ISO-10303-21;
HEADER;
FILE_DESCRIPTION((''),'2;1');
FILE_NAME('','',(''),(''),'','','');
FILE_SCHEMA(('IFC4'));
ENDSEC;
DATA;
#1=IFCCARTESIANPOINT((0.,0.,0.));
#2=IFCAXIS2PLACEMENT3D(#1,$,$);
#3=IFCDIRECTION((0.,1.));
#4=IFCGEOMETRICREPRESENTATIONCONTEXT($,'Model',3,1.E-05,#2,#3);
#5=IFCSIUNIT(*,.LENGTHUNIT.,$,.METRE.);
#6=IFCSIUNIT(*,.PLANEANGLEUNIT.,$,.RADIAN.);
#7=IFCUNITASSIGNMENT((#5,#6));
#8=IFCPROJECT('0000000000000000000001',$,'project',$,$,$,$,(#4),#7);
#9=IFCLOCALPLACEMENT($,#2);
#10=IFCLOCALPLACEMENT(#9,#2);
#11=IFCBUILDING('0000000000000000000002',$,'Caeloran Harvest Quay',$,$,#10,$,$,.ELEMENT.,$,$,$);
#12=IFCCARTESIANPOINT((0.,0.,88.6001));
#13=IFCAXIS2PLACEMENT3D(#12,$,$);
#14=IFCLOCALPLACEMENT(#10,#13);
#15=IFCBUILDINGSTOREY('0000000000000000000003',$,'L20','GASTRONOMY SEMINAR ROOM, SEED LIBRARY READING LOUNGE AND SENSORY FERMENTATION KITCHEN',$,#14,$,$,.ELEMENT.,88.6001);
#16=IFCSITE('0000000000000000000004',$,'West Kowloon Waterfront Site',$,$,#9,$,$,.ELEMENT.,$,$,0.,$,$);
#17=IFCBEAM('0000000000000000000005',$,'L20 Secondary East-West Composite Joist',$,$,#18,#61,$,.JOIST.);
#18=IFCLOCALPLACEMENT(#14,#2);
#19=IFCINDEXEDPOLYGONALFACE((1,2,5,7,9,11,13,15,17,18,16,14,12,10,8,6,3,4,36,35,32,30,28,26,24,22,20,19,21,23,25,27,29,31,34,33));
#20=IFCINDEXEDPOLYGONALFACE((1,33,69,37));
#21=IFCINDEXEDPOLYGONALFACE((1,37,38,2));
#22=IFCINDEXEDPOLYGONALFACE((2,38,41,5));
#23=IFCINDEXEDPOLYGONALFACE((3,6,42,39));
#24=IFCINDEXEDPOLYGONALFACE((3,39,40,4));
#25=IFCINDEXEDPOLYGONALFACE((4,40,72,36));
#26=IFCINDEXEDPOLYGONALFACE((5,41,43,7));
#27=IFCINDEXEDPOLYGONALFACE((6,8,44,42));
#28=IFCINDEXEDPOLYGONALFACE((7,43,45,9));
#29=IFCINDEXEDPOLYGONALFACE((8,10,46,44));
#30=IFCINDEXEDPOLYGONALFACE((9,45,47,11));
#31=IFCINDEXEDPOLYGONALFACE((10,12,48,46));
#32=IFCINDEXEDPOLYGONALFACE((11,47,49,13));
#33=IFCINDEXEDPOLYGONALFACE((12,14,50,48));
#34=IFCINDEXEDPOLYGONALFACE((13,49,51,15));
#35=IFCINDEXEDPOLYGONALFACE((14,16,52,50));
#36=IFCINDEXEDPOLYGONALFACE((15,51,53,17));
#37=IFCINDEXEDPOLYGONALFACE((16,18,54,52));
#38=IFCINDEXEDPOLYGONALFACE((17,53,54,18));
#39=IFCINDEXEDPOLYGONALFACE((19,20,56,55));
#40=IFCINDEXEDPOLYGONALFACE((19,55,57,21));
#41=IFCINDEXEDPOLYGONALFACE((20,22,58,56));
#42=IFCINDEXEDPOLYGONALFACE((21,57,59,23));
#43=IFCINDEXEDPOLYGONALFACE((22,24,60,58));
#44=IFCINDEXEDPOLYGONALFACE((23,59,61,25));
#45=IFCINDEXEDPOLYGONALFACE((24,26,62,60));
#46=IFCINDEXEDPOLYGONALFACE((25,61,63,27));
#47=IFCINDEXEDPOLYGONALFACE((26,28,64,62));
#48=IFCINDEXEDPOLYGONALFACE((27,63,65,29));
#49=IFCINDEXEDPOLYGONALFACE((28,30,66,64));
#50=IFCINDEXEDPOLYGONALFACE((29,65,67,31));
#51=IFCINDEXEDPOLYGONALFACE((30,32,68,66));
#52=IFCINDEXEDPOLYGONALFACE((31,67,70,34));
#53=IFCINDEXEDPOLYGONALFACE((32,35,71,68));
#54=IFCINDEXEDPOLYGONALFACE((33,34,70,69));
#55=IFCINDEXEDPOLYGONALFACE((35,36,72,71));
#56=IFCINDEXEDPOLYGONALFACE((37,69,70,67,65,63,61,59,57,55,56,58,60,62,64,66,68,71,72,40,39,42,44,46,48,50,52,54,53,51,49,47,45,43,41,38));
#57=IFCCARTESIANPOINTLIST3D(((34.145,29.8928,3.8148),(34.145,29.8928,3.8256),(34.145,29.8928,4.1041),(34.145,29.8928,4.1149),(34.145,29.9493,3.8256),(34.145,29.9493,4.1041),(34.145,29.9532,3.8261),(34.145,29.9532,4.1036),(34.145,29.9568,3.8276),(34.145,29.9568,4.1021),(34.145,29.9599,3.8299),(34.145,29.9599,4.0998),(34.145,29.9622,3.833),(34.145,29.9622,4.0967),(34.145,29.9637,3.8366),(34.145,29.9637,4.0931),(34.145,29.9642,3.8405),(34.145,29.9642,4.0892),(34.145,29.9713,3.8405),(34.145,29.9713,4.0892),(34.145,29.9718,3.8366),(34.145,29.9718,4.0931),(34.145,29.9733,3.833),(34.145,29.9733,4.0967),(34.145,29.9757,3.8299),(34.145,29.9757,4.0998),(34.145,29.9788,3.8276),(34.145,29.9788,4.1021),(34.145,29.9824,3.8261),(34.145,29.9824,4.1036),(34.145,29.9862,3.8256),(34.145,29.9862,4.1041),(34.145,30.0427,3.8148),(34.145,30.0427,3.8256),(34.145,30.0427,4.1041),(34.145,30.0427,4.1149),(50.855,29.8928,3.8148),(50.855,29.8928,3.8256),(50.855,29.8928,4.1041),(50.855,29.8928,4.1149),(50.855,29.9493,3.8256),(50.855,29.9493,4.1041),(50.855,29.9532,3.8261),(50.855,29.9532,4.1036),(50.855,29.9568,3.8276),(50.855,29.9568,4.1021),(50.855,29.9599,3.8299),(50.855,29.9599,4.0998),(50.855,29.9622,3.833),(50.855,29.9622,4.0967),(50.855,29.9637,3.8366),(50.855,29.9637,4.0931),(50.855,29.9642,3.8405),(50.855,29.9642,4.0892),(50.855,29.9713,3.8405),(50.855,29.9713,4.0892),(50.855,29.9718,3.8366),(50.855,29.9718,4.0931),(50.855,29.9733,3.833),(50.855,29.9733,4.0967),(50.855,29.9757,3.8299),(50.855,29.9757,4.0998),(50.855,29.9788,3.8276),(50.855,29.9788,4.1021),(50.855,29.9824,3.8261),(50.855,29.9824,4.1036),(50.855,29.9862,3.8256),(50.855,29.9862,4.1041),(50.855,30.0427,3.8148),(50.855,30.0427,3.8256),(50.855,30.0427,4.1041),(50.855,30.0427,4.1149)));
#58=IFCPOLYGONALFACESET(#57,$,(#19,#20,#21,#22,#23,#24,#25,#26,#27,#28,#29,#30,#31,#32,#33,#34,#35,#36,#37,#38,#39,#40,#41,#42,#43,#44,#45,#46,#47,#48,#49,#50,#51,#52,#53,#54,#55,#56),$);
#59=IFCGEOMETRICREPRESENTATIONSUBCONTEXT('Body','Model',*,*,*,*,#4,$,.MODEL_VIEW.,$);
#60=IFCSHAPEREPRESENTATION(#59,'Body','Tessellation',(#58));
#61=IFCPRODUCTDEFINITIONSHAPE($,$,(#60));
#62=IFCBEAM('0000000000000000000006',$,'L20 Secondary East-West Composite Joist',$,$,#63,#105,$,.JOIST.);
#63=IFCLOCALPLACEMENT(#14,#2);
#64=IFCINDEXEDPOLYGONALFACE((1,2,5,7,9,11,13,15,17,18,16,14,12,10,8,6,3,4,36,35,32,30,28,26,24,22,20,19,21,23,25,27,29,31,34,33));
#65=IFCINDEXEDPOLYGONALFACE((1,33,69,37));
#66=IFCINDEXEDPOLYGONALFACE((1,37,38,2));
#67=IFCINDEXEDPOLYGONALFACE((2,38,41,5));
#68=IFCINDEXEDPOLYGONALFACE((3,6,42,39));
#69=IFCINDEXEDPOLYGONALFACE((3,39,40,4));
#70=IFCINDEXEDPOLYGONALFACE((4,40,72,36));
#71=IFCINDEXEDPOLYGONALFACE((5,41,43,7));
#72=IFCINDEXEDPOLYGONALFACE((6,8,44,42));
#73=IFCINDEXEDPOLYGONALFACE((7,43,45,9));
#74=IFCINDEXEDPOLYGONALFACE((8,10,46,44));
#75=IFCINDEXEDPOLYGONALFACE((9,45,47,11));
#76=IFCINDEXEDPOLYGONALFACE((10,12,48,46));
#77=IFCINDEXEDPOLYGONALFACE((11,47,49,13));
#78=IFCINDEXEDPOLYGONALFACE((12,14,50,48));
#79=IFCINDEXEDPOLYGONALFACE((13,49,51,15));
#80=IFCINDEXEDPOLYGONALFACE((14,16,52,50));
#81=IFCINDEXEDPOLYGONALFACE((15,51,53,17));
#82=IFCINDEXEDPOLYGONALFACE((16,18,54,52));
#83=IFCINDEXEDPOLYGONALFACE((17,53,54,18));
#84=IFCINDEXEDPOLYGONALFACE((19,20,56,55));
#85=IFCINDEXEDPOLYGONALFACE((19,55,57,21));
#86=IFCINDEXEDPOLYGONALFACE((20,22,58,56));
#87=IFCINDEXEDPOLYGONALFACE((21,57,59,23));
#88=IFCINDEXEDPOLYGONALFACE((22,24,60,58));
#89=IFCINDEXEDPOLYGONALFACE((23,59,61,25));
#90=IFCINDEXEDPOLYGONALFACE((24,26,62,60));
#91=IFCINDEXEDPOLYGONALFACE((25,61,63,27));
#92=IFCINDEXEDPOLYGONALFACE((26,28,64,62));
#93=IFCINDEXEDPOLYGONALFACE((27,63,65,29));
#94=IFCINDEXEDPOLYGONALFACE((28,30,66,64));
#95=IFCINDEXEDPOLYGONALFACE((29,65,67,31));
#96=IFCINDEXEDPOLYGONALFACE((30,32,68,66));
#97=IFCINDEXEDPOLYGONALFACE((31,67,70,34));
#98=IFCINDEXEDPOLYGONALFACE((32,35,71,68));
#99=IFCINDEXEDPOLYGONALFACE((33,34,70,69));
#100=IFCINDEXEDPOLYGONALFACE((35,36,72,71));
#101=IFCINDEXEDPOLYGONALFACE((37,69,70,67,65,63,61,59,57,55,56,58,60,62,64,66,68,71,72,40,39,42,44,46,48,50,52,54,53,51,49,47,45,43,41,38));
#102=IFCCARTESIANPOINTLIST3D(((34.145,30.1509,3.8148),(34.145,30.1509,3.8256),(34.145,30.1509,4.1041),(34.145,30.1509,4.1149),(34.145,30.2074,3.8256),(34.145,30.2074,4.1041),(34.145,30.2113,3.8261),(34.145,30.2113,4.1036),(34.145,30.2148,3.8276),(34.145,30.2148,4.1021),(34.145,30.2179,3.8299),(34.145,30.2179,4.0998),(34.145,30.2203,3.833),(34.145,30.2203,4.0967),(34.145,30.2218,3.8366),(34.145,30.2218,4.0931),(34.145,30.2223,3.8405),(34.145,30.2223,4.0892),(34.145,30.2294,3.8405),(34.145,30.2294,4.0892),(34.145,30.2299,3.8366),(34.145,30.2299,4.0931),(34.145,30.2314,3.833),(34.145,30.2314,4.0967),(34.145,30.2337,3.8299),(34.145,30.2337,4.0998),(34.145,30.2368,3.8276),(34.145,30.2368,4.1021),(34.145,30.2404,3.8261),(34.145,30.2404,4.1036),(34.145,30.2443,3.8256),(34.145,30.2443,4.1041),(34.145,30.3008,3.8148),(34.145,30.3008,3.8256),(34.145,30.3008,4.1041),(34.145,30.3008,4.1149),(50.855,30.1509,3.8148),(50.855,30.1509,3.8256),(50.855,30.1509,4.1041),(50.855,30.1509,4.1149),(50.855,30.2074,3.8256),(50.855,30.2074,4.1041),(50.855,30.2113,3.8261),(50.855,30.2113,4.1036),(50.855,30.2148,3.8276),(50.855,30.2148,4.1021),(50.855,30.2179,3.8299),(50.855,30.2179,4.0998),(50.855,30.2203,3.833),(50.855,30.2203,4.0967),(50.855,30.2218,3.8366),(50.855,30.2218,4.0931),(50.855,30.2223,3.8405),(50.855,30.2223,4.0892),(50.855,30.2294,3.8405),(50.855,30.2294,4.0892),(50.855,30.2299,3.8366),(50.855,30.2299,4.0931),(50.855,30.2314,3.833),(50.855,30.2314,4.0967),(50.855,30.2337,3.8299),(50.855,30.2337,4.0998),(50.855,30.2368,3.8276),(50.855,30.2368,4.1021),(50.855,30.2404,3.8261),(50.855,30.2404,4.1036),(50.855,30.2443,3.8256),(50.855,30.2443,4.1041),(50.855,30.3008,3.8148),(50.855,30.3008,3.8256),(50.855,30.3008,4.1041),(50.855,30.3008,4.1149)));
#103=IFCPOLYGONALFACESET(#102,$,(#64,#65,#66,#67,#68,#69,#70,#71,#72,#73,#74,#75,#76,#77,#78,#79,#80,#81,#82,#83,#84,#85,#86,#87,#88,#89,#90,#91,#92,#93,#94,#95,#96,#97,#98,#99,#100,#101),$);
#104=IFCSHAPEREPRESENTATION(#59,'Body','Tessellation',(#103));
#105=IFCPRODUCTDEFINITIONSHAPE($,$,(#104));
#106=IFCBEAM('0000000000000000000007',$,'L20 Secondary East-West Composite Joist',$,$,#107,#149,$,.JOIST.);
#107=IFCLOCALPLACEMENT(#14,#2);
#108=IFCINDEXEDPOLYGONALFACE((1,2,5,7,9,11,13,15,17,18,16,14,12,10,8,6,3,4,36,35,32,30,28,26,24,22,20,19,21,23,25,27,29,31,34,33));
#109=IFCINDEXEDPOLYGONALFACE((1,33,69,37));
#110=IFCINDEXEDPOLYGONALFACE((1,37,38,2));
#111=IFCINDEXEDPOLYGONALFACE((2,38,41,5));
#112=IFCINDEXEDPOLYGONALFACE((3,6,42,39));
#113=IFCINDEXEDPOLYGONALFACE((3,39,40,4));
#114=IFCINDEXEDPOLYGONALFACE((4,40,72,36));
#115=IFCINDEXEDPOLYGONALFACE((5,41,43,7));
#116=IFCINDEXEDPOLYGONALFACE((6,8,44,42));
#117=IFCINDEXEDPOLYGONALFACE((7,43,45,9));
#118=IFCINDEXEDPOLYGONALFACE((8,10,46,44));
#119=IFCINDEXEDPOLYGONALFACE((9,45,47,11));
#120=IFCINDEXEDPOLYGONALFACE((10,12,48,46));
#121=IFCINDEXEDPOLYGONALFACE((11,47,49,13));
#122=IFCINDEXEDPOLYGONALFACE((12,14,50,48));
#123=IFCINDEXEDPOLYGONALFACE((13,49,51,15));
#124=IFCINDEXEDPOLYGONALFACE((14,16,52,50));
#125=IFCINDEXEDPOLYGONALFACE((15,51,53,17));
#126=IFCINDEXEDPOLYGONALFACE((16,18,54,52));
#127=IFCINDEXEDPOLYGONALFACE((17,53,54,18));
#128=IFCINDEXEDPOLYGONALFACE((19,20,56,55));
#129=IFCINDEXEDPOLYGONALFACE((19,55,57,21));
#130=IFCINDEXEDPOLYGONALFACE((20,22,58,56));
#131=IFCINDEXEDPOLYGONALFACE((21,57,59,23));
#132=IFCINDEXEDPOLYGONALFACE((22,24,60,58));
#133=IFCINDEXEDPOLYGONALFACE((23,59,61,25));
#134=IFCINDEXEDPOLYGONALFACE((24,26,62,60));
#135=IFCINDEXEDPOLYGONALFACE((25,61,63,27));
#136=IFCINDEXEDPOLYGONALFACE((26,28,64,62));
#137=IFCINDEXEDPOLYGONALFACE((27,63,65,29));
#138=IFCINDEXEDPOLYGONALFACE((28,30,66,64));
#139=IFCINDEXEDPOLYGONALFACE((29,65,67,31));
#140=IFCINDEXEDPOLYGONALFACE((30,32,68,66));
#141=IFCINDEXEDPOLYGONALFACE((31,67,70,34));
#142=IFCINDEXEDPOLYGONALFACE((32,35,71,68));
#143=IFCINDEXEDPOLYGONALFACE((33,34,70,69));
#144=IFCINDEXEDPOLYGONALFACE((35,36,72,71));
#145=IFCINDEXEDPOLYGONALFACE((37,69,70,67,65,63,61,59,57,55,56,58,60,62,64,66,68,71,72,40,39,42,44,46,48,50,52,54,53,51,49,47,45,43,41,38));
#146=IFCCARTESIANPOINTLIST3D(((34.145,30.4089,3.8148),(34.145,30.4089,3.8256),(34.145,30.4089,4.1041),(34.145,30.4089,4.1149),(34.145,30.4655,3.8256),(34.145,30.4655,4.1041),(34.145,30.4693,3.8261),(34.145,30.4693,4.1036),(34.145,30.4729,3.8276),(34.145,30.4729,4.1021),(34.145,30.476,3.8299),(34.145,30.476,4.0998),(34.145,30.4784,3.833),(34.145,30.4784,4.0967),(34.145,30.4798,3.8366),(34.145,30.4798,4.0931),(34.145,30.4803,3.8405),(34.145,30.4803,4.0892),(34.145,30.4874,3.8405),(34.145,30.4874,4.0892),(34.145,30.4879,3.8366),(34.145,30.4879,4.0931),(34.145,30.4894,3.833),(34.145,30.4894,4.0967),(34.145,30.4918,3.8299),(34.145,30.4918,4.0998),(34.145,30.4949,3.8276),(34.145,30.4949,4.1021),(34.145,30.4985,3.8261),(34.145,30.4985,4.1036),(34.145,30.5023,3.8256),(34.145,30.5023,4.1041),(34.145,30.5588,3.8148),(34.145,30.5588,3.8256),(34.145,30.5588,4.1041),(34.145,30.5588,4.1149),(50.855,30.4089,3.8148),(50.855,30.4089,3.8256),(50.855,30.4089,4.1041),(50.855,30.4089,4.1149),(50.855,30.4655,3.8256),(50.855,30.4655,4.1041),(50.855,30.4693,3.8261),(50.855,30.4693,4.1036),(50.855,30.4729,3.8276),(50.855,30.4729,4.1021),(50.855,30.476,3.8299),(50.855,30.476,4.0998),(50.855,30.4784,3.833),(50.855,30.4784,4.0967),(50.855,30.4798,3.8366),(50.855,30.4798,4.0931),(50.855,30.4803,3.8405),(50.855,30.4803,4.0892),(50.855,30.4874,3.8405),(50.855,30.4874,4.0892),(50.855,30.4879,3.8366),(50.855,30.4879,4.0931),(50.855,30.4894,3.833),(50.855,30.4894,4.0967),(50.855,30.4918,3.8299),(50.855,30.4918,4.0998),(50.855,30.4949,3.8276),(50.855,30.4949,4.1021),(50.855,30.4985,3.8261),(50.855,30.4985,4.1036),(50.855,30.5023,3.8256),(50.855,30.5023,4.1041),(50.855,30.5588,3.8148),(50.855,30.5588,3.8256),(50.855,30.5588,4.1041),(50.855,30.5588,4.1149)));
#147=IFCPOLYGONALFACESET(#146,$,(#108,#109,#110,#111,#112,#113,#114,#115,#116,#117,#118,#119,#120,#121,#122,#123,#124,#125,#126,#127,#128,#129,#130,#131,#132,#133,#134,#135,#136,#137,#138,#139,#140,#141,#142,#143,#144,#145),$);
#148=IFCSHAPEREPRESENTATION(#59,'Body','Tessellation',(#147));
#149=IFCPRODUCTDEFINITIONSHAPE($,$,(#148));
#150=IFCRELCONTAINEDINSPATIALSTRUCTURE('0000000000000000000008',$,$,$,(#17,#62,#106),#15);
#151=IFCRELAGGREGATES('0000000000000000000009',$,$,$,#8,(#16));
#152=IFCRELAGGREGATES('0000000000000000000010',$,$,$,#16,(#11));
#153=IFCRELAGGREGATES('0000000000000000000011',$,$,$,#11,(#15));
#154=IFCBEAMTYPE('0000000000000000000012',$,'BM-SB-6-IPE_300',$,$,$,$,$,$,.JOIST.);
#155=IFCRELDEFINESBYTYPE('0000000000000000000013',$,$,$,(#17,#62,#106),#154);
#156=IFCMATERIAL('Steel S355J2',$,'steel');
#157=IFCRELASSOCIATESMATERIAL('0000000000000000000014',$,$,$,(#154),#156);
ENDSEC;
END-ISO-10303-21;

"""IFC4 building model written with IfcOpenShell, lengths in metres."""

from ifc_helpers import new_model, si_unit, direction, frame, origin, origin_2d, place, context, subcontext, project, spatial, i_section, extrude, material, material_profile, profile_set, type_object, element, save


model = new_model("IFC4")

# Units and contexts
model_context = context("Model", 3, precision=1e-05, world=origin(), true_north=direction((0.0, 1.0)))
body_context = subcontext(model_context, "Body", "Model", "MODEL_VIEW")
ifc_project = project(units=[si_unit("LENGTHUNIT", "METRE"), si_unit("PLANEANGLEUNIT", "RADIAN")], contexts=[model_context])

# Site, building, storey
site_placement = place(None, origin())
site = spatial("IfcSite", under=ifc_project, at=site_placement, Name="West Kowloon Waterfront Site", CompositionType="ELEMENT", RefElevation=0.0)
building_placement = place(site_placement, origin())
building = spatial("IfcBuilding", under=site, at=building_placement, Name="Caeloran Harvest Quay", CompositionType="ELEMENT")
storey_placement = place(building_placement, frame((0.0, 0.0, 88.6001)))
storey = spatial("IfcBuildingStorey", under=building, at=storey_placement, Name="L20", Description="GASTRONOMY SEMINAR ROOM, SEED LIBRARY READING LOUNGE AND SENSORY FERMENTATION KITCHEN", CompositionType="ELEMENT", Elevation=88.6001)

# Beams
ifc_material_1 = material(Name="Steel S355J2", Category="steel")
ifc_material_profile_1 = material_profile(ifc_material_1, i_section(OverallWidth=0.1499, OverallDepth=0.3, WebThickness=0.0071, FlangeThickness=0.0107, FilletRadius=0.0149, at=origin_2d()), Name="IPE 300")
ifc_profile_set_1 = profile_set([ifc_material_profile_1], Name="Steel S355J2")
beam_type_1 = type_object("IfcBeamType", Name="BM-SB-6-IPE_300", PredefinedType="JOIST", material=ifc_profile_set_1)
for number, where, z_axis, x_axis, name in (
    (1, (34.145, 29.9678, 3.9648), (1.0, 0.0, 0.0), (0.0, 1.0, 0.0), "L20 Secondary East-West Composite Joist"),
    (2, (34.145, 30.2258, 3.9648), (1.0, 0.0, 0.0), (0.0, 1.0, 0.0), "L20 Secondary East-West Composite Joist"),
    (3, (34.145, 30.4839, 3.9648), (1.0, 0.0, 0.0), (0.0, 1.0, 0.0), "L20 Secondary East-West Composite Joist"),
):
    element("IfcBeam", number, at=place(storey_placement, frame(where, z_axis=z_axis, x_axis=x_axis)), inside=storey, type_object=beam_type_1, Name=name, PredefinedType="JOIST", context=body_context, shape_type="SweptSolid", body=[
        extrude(i_section(OverallWidth=0.1499, OverallDepth=0.3, WebThickness=0.0071, FlangeThickness=0.0107, FilletRadius=0.0149, at=origin_2d()), origin(), (0.0, 0.0, 1.0), 16.71),
    ])

save(model, "model.ifc")
